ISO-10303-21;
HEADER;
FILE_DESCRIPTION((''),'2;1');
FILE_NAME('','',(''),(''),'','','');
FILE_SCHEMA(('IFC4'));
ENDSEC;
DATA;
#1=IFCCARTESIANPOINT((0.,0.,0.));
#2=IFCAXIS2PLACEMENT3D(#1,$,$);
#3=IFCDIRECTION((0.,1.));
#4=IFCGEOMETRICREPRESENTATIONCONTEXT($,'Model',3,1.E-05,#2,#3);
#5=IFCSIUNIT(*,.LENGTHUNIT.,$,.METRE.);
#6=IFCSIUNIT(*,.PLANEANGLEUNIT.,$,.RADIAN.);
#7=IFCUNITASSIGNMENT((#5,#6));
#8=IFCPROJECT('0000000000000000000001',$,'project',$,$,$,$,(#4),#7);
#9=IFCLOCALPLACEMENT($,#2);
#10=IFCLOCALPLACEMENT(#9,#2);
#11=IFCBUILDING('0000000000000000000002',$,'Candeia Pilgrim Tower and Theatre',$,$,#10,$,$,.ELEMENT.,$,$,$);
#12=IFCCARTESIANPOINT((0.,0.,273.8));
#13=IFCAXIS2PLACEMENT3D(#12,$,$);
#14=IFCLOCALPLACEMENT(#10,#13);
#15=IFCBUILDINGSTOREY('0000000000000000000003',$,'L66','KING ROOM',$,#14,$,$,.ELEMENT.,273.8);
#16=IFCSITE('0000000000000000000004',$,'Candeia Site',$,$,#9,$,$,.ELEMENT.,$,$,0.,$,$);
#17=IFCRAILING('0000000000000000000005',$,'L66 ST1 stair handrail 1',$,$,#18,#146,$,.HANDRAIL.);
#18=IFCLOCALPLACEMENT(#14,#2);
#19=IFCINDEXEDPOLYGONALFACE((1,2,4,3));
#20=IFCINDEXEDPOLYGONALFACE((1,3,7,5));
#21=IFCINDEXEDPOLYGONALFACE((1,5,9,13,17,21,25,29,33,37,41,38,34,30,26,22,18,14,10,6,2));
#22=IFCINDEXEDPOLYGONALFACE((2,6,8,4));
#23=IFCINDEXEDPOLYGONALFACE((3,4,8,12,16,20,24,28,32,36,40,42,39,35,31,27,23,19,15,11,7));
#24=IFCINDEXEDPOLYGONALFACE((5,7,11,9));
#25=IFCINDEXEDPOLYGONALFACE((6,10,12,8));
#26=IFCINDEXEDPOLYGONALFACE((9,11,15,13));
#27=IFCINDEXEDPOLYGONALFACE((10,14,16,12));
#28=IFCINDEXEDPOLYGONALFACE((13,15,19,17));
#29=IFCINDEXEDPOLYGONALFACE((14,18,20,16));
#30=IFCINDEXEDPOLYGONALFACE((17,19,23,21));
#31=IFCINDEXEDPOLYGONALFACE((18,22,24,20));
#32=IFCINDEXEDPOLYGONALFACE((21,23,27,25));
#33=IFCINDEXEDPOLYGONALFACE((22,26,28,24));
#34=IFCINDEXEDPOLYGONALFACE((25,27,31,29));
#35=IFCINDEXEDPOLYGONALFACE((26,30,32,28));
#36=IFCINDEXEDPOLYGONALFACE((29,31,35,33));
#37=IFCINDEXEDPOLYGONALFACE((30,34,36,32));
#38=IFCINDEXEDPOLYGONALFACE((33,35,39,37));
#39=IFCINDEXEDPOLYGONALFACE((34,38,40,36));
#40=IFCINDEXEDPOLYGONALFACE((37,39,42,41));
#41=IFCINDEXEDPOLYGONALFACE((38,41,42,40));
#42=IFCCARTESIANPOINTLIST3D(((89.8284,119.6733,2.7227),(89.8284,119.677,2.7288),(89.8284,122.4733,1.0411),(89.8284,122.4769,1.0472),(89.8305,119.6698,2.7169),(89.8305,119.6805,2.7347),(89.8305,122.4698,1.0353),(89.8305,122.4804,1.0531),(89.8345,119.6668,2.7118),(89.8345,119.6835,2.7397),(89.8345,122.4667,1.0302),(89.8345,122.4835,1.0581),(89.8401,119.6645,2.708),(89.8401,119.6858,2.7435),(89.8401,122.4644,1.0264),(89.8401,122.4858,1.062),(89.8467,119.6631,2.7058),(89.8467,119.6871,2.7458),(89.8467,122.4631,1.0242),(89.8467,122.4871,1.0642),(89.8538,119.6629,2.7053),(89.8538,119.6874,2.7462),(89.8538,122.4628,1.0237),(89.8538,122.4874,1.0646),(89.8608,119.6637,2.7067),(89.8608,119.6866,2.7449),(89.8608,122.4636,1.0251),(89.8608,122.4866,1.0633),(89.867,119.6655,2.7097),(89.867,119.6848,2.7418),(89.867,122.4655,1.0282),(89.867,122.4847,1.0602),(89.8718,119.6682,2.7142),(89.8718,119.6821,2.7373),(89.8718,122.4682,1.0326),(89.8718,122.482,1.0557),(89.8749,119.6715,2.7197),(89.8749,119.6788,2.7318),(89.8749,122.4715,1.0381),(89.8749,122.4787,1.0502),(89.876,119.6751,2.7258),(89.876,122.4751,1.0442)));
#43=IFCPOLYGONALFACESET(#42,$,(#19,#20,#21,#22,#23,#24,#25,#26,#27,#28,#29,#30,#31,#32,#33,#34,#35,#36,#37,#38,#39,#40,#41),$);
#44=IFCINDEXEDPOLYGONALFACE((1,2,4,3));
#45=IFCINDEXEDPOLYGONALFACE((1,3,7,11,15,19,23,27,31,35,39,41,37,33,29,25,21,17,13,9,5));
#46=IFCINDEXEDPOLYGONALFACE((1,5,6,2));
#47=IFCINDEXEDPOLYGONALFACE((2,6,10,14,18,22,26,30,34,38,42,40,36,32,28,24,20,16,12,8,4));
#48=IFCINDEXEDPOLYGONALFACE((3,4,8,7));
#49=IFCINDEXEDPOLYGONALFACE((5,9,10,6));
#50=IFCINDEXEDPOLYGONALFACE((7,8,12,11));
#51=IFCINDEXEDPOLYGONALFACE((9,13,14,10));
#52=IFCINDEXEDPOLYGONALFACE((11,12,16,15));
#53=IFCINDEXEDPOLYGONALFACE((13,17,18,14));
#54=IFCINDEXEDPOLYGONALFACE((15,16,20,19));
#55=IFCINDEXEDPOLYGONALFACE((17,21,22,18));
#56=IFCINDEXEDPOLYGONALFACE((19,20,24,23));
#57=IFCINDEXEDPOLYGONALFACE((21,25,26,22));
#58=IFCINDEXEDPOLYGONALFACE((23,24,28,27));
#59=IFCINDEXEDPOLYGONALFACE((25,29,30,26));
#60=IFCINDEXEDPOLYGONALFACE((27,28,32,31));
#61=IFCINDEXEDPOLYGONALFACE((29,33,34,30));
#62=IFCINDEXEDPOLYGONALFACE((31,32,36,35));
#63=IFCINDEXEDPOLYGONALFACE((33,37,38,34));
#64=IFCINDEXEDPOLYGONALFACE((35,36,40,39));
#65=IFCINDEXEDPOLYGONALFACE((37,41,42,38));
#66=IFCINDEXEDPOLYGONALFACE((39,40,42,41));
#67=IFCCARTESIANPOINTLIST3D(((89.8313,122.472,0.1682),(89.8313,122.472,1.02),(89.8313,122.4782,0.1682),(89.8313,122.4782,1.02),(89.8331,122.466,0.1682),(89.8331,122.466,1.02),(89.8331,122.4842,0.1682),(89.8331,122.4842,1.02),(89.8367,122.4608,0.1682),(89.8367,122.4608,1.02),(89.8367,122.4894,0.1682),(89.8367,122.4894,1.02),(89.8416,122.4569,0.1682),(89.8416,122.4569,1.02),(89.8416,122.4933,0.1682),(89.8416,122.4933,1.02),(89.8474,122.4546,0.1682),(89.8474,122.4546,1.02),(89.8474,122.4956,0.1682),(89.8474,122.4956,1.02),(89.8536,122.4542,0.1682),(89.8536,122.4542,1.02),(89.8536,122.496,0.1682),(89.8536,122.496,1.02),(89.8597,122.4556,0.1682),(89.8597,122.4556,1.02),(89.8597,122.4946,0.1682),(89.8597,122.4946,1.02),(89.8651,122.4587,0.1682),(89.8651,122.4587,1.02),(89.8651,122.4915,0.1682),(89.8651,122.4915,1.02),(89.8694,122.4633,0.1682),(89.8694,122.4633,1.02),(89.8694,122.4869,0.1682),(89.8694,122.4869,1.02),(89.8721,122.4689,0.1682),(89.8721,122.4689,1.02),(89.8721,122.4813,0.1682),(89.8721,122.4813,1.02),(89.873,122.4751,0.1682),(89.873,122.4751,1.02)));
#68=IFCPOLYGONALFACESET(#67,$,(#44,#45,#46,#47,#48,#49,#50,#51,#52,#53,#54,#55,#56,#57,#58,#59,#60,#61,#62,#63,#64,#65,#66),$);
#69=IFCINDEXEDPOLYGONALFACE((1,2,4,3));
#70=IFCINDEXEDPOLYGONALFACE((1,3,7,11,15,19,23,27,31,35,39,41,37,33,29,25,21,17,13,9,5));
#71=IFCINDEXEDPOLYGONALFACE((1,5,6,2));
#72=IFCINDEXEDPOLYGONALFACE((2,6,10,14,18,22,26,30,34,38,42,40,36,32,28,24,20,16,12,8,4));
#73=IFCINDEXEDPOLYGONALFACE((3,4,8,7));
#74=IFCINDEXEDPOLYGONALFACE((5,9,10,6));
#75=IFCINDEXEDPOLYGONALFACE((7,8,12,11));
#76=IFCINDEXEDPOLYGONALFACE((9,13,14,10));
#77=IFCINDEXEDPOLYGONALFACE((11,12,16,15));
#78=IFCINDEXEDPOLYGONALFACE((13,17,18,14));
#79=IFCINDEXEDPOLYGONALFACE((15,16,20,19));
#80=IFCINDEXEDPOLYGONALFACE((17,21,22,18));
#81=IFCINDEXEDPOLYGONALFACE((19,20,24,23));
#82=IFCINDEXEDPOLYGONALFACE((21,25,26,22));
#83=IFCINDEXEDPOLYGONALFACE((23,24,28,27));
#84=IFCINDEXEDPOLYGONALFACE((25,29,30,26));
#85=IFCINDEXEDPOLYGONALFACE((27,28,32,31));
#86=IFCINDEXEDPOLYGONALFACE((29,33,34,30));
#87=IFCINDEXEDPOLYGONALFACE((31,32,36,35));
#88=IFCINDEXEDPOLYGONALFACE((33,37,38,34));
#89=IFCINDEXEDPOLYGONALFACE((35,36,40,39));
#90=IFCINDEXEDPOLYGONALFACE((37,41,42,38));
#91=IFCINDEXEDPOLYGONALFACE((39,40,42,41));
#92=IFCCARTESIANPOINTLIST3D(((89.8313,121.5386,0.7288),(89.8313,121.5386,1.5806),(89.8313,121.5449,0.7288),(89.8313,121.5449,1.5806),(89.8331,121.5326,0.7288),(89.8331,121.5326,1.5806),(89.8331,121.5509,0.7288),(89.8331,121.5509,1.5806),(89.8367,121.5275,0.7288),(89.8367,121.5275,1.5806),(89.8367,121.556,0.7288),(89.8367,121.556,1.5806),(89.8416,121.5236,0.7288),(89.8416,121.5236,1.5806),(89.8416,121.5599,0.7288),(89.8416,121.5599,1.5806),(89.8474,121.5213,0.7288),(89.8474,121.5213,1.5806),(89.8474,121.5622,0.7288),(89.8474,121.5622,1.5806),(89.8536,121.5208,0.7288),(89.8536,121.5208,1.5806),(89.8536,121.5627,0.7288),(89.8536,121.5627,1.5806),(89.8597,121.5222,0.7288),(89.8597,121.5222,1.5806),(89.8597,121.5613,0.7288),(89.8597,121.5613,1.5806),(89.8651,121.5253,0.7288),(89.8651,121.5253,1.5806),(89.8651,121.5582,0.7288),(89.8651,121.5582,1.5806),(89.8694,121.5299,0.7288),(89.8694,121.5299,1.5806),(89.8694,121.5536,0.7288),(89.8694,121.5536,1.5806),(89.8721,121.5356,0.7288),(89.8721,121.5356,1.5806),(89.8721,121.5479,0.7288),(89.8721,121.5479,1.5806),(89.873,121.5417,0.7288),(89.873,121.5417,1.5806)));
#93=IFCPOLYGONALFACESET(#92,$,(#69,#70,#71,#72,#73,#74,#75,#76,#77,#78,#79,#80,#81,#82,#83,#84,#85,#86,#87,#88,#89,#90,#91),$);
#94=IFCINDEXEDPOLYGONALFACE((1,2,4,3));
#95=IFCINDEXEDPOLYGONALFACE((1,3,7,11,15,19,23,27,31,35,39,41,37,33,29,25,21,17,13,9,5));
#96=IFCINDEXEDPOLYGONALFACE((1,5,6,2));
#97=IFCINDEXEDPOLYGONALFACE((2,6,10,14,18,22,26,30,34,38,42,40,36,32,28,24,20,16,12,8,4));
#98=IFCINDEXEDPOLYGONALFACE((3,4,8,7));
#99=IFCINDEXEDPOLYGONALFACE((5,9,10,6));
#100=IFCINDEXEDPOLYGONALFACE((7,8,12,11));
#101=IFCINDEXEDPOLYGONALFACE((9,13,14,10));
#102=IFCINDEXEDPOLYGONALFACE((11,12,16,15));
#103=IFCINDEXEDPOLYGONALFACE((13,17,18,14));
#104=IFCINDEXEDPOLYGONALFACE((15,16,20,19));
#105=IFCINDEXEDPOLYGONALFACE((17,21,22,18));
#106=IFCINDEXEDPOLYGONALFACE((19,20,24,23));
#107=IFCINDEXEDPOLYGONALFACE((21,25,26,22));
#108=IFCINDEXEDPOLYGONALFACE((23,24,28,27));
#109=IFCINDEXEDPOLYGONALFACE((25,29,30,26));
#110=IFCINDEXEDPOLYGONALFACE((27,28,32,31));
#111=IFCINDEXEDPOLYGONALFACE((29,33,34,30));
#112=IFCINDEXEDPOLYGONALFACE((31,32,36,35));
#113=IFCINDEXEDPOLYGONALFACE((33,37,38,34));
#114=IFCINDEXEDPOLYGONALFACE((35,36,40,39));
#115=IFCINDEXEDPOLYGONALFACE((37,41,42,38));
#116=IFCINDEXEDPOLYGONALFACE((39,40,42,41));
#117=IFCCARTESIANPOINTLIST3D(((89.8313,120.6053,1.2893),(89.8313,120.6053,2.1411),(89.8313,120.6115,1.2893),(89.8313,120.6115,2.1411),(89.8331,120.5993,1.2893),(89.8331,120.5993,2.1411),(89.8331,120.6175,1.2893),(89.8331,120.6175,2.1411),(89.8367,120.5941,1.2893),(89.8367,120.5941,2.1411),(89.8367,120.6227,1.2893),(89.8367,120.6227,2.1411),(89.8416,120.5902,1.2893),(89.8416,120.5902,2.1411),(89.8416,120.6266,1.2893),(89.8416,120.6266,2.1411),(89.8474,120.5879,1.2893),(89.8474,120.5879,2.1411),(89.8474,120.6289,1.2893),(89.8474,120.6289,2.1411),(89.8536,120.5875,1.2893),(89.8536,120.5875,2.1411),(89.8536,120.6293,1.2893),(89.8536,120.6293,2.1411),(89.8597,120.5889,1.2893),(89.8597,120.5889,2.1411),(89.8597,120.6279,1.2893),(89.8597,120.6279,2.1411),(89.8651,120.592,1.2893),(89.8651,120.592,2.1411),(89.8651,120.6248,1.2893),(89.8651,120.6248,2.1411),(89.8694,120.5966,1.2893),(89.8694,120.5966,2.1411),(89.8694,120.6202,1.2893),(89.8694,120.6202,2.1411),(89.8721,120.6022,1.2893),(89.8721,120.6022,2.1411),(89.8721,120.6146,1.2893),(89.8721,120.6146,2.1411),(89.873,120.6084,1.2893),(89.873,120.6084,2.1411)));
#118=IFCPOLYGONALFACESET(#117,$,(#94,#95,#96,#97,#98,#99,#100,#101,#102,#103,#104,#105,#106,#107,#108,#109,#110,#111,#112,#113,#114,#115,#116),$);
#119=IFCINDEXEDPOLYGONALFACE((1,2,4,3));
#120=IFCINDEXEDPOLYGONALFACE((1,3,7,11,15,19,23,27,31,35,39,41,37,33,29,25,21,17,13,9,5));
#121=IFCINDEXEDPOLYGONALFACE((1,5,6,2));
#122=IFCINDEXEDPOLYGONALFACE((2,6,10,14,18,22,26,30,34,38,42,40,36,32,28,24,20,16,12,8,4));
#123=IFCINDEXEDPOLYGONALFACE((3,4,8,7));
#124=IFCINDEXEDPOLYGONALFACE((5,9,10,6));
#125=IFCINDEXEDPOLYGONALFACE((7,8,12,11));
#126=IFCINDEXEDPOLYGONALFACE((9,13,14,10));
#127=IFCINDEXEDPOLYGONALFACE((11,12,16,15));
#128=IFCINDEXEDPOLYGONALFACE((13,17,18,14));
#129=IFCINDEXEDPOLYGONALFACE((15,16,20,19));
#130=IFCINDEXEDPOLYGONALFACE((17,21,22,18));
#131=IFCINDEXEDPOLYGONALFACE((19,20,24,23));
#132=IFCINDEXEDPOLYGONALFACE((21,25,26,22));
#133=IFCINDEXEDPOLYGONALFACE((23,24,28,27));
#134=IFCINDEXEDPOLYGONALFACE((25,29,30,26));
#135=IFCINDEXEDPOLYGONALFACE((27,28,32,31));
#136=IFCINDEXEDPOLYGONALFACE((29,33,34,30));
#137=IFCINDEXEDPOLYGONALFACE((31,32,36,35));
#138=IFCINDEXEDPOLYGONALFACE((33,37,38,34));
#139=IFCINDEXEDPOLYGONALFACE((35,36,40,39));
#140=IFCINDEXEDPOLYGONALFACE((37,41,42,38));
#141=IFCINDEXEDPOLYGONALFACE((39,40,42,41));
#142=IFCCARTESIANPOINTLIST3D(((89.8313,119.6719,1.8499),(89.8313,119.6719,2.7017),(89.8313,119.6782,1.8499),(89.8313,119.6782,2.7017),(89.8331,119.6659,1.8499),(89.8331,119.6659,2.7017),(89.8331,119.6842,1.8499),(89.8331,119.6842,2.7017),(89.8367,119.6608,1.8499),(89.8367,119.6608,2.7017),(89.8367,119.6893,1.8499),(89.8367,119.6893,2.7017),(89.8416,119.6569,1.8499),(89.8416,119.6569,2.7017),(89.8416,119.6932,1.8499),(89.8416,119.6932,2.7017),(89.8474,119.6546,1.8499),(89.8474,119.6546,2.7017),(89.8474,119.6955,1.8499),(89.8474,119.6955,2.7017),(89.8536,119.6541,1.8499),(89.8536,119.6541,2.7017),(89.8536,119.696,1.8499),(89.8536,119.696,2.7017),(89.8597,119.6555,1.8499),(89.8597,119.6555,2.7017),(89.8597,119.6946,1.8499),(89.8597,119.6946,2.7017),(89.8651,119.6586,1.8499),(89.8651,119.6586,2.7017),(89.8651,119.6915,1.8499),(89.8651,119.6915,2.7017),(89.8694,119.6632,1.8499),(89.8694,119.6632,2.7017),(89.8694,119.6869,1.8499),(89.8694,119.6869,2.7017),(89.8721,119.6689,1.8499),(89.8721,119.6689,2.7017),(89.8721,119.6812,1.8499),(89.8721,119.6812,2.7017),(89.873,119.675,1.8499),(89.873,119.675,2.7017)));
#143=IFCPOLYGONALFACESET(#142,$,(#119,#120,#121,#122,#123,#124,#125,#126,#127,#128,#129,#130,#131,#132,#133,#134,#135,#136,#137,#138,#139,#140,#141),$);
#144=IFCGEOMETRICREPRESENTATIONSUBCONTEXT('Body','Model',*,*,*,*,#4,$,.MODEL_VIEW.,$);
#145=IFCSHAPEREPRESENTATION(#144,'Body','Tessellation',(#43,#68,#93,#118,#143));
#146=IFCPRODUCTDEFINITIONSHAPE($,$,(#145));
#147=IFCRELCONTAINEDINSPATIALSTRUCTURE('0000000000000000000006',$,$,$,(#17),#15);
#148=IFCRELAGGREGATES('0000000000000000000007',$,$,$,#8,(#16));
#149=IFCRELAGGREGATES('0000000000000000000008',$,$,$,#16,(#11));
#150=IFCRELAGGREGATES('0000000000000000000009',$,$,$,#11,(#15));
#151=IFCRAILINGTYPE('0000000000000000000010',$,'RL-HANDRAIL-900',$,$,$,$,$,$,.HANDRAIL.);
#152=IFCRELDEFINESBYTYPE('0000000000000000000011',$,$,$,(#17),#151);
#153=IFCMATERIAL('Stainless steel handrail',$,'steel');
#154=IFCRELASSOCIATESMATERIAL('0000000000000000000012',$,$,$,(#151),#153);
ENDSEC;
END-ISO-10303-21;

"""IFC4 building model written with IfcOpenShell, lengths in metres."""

from ifc_helpers import new_model, si_unit, direction, frame, origin, origin_2d, place, context, subcontext, project, spatial, circle, extrude, material, type_object, element, save


model = new_model("IFC4")

# Units and contexts
model_context = context("Model", 3, precision=1e-05, world=origin(), true_north=direction((0.0, 1.0)))
body_context = subcontext(model_context, "Body", "Model", "MODEL_VIEW")
ifc_project = project(units=[si_unit("LENGTHUNIT", "METRE"), si_unit("PLANEANGLEUNIT", "RADIAN")], contexts=[model_context])

# Site, building, storey
site_placement = place(None, origin())
site = spatial("IfcSite", under=ifc_project, at=site_placement, Name="Candeia Site", CompositionType="ELEMENT", RefElevation=0.0)
building_placement = place(site_placement, origin())
building = spatial("IfcBuilding", under=site, at=building_placement, Name="Candeia Pilgrim Tower and Theatre", CompositionType="ELEMENT")
storey_placement = place(building_placement, frame((0.0, 0.0, 273.8)))
storey = spatial("IfcBuildingStorey", under=building, at=storey_placement, Name="L66", Description="KING ROOM", CompositionType="ELEMENT", Elevation=273.8)

# Railing
ifc_material_1 = material(Name="Stainless steel handrail", Category="steel")
railing_type_1 = type_object("IfcRailingType", Name="RL-HANDRAIL-900", PredefinedType="HANDRAIL", material=ifc_material_1)
railing_1_placement = place(storey_placement, frame((89.8521, 122.4751, 0.1682)))
element("IfcRailing", 1, at=railing_1_placement, inside=storey, type_object=railing_type_1, Name="L66 ST1 stair handrail 1", PredefinedType="HANDRAIL", context=body_context, shape_type="SweptSolid", body=[
    extrude(circle(Radius=0.0239, at=origin_2d()), frame((0.0, 0.0, 0.876), z_axis=(0.0, -0.857275, 0.514858), x_axis=(1.0, 0.0, 0.0)), (0.0, 0.0, 1.0), 3.2661),
    extrude(circle(Radius=0.021, at=origin_2d()), origin(), (0.0, 0.0, 1.0), 0.8518),
    extrude(circle(Radius=0.021, at=origin_2d()), frame((0.0, -0.9333, 0.5605)), (0.0, 0.0, 1.0), 0.8518),
    extrude(circle(Radius=0.021, at=origin_2d()), frame((0.0, -1.8667, 1.1211)), (0.0, 0.0, 1.0), 0.8518),
    extrude(circle(Radius=0.021, at=origin_2d()), frame((0.0, -2.8, 1.6816)), (0.0, 0.0, 1.0), 0.8518),
])

save(model, "model.ifc")
